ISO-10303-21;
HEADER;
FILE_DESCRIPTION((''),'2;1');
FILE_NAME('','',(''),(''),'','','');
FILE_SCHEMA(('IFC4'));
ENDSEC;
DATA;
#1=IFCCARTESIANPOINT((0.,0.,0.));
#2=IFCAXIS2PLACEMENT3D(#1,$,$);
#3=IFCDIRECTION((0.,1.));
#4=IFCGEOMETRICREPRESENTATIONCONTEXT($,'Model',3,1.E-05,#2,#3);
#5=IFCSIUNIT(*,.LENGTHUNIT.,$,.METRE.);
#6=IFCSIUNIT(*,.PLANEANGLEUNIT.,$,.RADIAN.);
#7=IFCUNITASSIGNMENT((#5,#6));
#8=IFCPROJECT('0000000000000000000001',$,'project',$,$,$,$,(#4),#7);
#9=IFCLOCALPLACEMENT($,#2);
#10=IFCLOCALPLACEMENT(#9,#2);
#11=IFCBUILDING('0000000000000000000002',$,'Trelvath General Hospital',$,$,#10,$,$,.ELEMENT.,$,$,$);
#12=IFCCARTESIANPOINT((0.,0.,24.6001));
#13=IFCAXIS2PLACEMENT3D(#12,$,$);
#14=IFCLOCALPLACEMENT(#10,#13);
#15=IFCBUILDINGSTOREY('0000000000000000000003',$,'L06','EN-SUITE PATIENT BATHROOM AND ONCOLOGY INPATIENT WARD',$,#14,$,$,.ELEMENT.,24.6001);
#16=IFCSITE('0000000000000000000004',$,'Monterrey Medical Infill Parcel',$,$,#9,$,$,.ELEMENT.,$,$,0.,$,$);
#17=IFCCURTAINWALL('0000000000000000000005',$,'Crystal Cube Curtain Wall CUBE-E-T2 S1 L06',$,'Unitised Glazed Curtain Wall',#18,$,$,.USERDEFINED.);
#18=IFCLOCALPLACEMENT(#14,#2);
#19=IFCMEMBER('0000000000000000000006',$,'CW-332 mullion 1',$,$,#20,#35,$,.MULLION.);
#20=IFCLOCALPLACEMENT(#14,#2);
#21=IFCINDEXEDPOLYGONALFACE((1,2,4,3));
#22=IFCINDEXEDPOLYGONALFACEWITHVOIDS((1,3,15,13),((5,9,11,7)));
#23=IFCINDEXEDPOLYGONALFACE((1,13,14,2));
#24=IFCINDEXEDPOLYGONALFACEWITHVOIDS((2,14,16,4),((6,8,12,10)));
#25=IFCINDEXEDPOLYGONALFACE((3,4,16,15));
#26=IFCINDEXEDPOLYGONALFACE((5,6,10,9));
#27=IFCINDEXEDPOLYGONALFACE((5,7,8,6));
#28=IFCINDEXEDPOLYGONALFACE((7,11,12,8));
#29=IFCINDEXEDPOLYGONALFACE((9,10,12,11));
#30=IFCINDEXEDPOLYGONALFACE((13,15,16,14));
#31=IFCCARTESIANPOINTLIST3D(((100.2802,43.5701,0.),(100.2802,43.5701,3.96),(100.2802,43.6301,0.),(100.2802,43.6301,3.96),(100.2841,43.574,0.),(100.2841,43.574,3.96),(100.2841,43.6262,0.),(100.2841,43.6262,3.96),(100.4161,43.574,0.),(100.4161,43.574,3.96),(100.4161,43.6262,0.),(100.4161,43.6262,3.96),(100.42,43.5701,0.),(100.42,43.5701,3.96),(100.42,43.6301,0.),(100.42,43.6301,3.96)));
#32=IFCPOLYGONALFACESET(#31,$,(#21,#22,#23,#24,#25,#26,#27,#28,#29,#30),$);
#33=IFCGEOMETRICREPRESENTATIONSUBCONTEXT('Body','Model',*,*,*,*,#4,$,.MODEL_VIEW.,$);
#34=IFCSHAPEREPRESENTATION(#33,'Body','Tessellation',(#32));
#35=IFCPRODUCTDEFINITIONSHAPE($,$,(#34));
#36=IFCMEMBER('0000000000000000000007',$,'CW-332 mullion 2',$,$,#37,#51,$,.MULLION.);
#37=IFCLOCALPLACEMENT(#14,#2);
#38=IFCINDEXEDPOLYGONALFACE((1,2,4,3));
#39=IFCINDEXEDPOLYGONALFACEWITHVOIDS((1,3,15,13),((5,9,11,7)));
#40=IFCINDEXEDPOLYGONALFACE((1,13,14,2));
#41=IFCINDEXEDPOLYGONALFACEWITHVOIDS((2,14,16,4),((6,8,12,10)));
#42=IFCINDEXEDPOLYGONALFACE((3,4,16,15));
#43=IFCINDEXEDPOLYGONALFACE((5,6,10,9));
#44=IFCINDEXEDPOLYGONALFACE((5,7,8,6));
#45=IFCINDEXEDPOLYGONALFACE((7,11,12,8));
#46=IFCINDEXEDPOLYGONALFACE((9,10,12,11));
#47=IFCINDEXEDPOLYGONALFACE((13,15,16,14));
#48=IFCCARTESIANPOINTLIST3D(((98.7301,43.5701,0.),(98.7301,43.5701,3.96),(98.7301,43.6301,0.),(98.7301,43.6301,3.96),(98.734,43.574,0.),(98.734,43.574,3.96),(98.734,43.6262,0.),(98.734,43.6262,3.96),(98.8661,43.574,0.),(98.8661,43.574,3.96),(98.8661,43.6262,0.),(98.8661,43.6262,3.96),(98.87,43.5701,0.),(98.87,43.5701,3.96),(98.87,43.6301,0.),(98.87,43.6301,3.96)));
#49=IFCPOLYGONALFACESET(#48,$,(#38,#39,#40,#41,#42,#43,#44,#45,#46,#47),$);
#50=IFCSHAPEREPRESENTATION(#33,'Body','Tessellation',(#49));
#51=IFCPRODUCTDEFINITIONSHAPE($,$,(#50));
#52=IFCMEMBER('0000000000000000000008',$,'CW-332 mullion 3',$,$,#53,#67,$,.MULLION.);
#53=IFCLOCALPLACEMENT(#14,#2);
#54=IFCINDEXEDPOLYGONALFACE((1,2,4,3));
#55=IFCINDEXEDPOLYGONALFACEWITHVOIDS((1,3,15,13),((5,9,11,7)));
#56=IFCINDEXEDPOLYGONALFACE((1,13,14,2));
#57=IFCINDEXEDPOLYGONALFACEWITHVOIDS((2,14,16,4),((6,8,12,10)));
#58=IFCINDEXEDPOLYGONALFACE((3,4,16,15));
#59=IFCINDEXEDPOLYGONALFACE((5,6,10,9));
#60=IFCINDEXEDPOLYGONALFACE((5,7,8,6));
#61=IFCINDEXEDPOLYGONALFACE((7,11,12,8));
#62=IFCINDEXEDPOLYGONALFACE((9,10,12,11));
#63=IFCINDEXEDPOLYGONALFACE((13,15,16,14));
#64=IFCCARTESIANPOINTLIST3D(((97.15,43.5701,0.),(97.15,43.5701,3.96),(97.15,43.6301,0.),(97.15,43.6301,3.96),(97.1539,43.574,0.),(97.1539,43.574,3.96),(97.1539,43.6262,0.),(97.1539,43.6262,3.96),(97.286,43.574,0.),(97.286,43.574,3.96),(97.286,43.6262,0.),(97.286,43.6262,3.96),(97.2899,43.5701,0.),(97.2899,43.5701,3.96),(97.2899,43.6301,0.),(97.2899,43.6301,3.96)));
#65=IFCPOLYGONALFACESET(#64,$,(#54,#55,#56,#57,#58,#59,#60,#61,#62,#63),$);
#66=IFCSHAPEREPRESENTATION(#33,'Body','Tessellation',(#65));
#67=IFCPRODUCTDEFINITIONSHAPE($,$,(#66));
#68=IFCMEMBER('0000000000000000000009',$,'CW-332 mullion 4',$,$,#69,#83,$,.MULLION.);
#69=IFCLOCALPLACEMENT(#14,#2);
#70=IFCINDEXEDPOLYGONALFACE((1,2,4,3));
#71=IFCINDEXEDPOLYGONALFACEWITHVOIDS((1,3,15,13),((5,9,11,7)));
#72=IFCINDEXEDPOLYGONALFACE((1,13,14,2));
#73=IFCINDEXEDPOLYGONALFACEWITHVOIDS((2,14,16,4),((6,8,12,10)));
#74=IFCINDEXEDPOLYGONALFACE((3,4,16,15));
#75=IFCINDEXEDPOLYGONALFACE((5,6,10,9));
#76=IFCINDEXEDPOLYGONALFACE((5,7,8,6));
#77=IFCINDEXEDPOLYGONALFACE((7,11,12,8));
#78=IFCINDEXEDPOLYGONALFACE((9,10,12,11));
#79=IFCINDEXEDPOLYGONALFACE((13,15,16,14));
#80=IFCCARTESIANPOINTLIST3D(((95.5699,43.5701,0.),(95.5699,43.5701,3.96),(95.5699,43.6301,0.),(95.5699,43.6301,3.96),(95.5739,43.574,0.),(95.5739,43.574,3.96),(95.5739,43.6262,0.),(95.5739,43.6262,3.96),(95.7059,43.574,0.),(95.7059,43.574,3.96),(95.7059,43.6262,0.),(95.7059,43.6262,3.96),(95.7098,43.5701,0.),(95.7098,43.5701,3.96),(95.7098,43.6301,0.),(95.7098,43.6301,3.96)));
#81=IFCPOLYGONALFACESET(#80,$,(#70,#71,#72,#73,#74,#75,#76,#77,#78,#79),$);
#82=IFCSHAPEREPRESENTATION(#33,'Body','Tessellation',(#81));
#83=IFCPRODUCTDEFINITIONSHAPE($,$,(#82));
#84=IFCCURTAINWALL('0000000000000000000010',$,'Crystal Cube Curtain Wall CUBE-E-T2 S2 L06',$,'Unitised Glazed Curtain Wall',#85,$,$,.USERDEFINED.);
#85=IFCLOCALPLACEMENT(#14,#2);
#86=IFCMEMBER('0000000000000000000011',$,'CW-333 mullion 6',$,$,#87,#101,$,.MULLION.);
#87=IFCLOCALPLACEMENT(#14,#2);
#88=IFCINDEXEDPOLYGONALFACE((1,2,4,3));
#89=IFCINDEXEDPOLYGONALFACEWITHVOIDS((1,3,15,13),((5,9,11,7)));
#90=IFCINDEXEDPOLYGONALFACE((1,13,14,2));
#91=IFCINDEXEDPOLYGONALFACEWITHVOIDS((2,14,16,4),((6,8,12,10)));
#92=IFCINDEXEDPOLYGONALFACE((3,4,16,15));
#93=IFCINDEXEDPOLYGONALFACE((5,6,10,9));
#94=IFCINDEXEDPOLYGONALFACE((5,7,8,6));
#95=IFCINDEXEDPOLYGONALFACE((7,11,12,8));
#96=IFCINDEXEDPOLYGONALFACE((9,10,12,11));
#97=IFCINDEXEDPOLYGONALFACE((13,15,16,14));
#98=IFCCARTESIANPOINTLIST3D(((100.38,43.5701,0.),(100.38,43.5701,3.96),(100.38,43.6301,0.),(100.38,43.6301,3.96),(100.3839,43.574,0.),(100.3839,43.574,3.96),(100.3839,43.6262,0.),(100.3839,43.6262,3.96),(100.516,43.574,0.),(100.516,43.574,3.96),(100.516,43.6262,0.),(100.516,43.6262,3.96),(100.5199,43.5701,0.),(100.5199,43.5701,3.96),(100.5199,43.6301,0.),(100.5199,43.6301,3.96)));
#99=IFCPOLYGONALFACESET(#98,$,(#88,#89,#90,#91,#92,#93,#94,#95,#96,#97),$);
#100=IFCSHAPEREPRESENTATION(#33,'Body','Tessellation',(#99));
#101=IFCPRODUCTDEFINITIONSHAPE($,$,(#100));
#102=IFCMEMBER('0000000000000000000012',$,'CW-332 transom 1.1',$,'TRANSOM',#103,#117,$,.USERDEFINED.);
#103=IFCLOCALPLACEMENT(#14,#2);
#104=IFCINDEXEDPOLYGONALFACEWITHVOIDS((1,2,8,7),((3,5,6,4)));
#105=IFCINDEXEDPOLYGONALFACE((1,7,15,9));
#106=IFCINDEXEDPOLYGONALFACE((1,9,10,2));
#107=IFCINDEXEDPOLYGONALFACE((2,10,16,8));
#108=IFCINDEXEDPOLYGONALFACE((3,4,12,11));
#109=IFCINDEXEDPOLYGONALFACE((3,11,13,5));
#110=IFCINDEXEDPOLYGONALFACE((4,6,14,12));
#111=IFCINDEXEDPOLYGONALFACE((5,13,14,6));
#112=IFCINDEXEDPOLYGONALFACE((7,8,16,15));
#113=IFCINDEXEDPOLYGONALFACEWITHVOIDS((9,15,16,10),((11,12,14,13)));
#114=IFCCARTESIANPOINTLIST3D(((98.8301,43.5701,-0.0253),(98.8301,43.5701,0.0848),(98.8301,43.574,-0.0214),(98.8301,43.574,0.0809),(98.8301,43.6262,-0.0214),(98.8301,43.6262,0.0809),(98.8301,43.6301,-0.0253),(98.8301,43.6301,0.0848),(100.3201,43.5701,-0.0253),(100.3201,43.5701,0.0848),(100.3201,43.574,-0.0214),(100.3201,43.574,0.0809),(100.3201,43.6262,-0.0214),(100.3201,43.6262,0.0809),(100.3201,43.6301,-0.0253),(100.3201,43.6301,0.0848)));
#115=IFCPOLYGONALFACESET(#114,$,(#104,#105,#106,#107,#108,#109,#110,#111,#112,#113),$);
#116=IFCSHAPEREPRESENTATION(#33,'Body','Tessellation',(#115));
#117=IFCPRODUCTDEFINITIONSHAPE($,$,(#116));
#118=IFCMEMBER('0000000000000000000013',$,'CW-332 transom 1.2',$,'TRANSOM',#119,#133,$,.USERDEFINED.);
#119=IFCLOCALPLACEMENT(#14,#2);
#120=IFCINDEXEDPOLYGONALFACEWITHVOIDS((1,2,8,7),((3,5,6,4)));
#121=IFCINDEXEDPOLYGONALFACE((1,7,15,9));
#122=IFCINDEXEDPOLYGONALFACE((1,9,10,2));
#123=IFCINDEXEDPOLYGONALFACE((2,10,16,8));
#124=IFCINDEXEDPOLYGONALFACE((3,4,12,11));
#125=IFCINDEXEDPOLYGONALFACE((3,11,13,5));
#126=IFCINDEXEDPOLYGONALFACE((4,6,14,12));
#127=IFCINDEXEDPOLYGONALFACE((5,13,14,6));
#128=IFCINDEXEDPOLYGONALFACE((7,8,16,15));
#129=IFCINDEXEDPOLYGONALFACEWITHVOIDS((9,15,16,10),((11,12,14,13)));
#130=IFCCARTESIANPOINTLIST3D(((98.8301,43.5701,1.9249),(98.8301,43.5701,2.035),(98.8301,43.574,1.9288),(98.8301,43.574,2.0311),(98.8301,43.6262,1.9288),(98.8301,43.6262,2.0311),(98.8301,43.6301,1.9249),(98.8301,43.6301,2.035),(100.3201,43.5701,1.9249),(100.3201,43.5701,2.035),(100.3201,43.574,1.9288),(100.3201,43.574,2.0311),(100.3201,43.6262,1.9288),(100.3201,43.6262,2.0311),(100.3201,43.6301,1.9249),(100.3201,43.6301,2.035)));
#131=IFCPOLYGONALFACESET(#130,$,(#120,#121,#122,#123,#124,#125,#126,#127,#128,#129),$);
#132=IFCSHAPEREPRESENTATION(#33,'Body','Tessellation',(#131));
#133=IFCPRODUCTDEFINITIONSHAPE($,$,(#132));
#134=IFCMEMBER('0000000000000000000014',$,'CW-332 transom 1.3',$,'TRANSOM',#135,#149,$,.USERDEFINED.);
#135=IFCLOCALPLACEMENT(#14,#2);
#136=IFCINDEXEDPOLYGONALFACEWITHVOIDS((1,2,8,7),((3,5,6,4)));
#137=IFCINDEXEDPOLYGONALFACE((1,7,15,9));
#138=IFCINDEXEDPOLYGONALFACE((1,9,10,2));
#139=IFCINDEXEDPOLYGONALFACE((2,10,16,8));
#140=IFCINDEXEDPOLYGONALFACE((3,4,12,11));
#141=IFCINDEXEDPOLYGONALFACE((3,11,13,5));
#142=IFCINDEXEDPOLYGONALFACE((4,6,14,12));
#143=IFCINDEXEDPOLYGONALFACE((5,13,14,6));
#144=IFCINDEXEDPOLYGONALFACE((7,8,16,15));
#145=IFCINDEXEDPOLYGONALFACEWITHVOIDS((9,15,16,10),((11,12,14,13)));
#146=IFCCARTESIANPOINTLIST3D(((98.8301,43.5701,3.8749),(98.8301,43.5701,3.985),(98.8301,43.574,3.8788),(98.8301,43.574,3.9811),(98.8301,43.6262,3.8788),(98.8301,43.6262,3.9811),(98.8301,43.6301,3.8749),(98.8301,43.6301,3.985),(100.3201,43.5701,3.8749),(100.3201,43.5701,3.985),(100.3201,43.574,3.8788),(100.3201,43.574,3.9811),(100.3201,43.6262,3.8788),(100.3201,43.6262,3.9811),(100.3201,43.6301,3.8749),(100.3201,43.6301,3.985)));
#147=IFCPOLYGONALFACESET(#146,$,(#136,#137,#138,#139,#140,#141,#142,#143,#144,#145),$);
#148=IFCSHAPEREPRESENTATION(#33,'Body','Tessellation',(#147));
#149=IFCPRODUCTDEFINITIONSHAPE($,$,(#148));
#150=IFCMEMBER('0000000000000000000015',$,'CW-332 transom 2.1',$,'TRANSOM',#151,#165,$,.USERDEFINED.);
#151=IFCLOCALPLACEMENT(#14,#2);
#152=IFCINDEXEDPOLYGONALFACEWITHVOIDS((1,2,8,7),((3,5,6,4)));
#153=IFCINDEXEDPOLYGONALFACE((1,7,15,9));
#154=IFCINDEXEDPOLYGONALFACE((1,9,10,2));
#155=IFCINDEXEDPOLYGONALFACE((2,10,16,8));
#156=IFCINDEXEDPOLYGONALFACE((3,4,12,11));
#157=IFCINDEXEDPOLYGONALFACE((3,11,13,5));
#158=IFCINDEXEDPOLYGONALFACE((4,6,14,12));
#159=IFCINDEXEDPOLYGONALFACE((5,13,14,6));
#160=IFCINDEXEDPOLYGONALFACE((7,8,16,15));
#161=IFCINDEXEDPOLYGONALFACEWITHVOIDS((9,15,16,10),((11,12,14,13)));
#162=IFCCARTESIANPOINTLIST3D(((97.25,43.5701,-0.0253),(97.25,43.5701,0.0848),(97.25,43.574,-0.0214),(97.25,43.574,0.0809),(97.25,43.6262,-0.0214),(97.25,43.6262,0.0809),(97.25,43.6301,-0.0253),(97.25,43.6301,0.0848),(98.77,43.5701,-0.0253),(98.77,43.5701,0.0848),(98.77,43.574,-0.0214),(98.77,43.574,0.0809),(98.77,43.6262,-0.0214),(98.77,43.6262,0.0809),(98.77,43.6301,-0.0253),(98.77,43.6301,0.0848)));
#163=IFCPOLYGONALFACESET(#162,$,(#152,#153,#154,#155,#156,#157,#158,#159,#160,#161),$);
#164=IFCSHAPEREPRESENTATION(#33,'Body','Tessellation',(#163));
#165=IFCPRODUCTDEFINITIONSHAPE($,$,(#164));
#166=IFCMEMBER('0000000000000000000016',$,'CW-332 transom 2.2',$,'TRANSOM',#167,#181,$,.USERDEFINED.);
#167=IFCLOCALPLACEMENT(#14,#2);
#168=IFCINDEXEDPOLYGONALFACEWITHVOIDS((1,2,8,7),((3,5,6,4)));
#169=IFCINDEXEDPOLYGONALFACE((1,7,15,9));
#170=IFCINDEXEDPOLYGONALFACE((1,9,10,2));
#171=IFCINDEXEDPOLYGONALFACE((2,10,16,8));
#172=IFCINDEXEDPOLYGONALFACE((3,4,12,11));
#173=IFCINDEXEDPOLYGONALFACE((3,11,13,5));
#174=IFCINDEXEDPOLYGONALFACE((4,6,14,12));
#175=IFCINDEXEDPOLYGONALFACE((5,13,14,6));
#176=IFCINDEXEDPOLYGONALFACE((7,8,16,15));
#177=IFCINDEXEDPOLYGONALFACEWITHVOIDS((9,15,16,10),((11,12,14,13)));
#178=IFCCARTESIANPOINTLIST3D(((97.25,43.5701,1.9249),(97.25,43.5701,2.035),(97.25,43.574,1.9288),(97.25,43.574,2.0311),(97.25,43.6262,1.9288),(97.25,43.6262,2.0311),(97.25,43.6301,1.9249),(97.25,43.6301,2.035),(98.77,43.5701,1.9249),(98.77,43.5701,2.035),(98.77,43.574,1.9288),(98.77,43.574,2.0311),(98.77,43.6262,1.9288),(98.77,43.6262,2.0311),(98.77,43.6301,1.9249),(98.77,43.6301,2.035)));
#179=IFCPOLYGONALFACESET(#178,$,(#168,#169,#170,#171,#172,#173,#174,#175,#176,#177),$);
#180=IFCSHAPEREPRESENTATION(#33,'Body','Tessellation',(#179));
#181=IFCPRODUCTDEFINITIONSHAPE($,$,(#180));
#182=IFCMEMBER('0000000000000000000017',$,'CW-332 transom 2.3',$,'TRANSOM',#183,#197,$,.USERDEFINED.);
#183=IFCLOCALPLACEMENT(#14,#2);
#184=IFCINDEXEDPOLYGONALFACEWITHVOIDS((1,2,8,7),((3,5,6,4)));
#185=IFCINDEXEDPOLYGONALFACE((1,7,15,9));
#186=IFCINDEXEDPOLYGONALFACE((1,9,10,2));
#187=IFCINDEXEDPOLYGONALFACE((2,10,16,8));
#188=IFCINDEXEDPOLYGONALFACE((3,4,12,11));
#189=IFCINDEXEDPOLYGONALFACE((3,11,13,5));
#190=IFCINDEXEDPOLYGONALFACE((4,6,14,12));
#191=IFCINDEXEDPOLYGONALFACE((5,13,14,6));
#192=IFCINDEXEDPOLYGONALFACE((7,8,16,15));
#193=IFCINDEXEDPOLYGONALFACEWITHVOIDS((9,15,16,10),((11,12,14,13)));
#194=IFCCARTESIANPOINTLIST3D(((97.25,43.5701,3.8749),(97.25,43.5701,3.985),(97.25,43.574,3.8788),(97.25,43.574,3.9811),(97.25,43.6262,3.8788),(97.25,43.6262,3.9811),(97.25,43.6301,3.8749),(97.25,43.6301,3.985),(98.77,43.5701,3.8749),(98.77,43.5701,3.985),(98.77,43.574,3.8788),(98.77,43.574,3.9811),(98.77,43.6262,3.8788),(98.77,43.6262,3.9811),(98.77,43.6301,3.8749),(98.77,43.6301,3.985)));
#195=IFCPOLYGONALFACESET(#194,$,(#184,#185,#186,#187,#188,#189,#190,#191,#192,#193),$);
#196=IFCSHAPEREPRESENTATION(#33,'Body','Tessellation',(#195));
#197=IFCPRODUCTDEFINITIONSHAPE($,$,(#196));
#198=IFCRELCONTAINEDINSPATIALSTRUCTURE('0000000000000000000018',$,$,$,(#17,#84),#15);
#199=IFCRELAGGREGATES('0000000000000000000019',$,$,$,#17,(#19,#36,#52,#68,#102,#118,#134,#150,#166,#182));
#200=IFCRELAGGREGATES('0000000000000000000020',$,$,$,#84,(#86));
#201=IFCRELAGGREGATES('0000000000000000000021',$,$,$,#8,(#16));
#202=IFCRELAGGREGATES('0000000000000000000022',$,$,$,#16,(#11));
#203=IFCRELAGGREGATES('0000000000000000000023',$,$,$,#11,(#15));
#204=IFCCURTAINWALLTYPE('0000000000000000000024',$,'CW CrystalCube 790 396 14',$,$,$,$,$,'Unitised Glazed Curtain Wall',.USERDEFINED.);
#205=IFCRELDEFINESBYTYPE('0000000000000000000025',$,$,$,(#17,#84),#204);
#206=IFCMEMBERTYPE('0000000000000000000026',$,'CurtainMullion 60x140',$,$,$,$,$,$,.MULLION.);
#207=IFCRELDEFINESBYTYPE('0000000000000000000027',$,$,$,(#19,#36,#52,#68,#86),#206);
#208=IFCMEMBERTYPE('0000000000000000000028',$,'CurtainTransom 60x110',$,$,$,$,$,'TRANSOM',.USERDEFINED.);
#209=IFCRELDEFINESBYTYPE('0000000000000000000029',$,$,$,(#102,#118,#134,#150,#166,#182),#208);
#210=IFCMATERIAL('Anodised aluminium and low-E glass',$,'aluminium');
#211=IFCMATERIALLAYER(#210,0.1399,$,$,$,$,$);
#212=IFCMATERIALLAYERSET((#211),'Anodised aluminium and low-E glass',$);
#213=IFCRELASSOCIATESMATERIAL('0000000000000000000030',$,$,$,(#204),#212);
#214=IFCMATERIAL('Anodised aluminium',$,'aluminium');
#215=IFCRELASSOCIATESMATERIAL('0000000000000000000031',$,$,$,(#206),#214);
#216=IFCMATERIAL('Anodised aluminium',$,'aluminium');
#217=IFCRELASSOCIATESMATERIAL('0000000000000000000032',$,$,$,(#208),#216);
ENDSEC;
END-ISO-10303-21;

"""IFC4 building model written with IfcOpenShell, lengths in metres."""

from ifc_helpers import new_model, si_unit, direction, frame, origin, origin_2d, place, context, subcontext, project, spatial, hollow_rectangle, extrude, material, layer, layer_set, material_profile, profile_set, type_object, element, aggregate, save


model = new_model("IFC4")

# Units and contexts
model_context = context("Model", 3, precision=1e-05, world=origin(), true_north=direction((0.0, 1.0)))
body_context = subcontext(model_context, "Body", "Model", "MODEL_VIEW")
ifc_project = project(units=[si_unit("LENGTHUNIT", "METRE"), si_unit("PLANEANGLEUNIT", "RADIAN")], contexts=[model_context])

# Site, building, storey
site_placement = place(None, origin())
site = spatial("IfcSite", under=ifc_project, at=site_placement, Name="Monterrey Medical Infill Parcel", CompositionType="ELEMENT", RefElevation=0.0)
building_placement = place(site_placement, origin())
building = spatial("IfcBuilding", under=site, at=building_placement, Name="Trelvath General Hospital", CompositionType="ELEMENT")
storey_placement = place(building_placement, frame((0.0, 0.0, 24.6001)))
storey = spatial("IfcBuildingStorey", under=building, at=storey_placement, Name="L06", Description="EN-SUITE PATIENT BATHROOM AND ONCOLOGY INPATIENT WARD", CompositionType="ELEMENT", Elevation=24.6001)

# Curtain wall, members
ifc_material_1 = material(Name="Anodised aluminium and low-E glass", Category="aluminium")
ifc_layer_1 = layer(ifc_material_1, 0.1399)
ifc_layer_set_1 = layer_set([ifc_layer_1], Name="Anodised aluminium and low-E glass")
curtain_wall_type = type_object("IfcCurtainWallType", Name="CW CrystalCube 790 396 14", ElementType="Unitised Glazed Curtain Wall", PredefinedType="USERDEFINED", material=ifc_layer_set_1)
curtain_wall_1_placement = place(storey_placement, origin())
curtain_wall_1 = element("IfcCurtainWall", 1, at=curtain_wall_1_placement, inside=storey, type_object=curtain_wall_type, Name="Crystal Cube Curtain Wall CUBE-E-T2 S1 L06", ObjectType="Unitised Glazed Curtain Wall", PredefinedType="USERDEFINED")
ifc_material_2 = material(Name="Anodised aluminium", Category="aluminium")
ifc_material_profile_1 = material_profile(ifc_material_2, hollow_rectangle(XDim=0.0601, YDim=0.1399, WallThickness=0.0039, at=origin_2d()), Name="RHS60x140x4")
ifc_profile_set_1 = profile_set([ifc_material_profile_1], Name="Anodised aluminium")
member_type_1 = type_object("IfcMemberType", Name="CurtainMullion 60x140", PredefinedType="MULLION", material=ifc_profile_set_1)
member_1_placement = place(storey_placement, frame((100.3501, 43.6001, 0.0), z_axis=(0.0, 0.0, 1.0), x_axis=(0.0, -1.0, 0.0)))
member_1 = element("IfcMember", 2, at=member_1_placement, type_object=member_type_1, Name="CW-332 mullion 1", PredefinedType="MULLION", context=body_context, shape_type="SweptSolid", body=[
    extrude(hollow_rectangle(XDim=0.0601, YDim=0.1399, WallThickness=0.0039, at=origin_2d()), origin(), (0.0, 0.0, 1.0), 3.96),
])
member_2_placement = place(storey_placement, frame((98.8, 43.6001, 0.0), z_axis=(0.0, 0.0, 1.0), x_axis=(0.0, -1.0, 0.0)))
member_2 = element("IfcMember", 3, at=member_2_placement, type_object=member_type_1, Name="CW-332 mullion 2", PredefinedType="MULLION", context=body_context, shape_type="SweptSolid", body=[
    extrude(hollow_rectangle(XDim=0.0601, YDim=0.1399, WallThickness=0.0039, at=origin_2d()), origin(), (0.0, 0.0, 1.0), 3.96),
])
member_3_placement = place(storey_placement, frame((97.22, 43.6001, 0.0), z_axis=(0.0, 0.0, 1.0), x_axis=(0.0, -1.0, 0.0)))
member_3 = element("IfcMember", 4, at=member_3_placement, type_object=member_type_1, Name="CW-332 mullion 3", PredefinedType="MULLION", context=body_context, shape_type="SweptSolid", body=[
    extrude(hollow_rectangle(XDim=0.0601, YDim=0.1399, WallThickness=0.0039, at=origin_2d()), origin(), (0.0, 0.0, 1.0), 3.96),
])
member_4_placement = place(storey_placement, frame((95.6399, 43.6001, 0.0), z_axis=(0.0, 0.0, 1.0), x_axis=(0.0, -1.0, 0.0)))
member_4 = element("IfcMember", 5, at=member_4_placement, type_object=member_type_1, Name="CW-332 mullion 4", PredefinedType="MULLION", context=body_context, shape_type="SweptSolid", body=[
    extrude(hollow_rectangle(XDim=0.0601, YDim=0.1399, WallThickness=0.0039, at=origin_2d()), origin(), (0.0, 0.0, 1.0), 3.96),
])

# Curtain wall, member
curtain_wall_2_placement = place(storey_placement, origin())
curtain_wall_2 = element("IfcCurtainWall", 6, at=curtain_wall_2_placement, inside=storey, type_object=curtain_wall_type, Name="Crystal Cube Curtain Wall CUBE-E-T2 S2 L06", ObjectType="Unitised Glazed Curtain Wall", PredefinedType="USERDEFINED")
member_5_placement = place(storey_placement, frame((100.45, 43.6001, 0.0), z_axis=(0.0, 0.0, 1.0), x_axis=(0.0, -1.0, 0.0)))
member_5 = element("IfcMember", 7, at=member_5_placement, type_object=member_type_1, Name="CW-333 mullion 6", PredefinedType="MULLION", context=body_context, shape_type="SweptSolid", body=[
    extrude(hollow_rectangle(XDim=0.0601, YDim=0.1399, WallThickness=0.0039, at=origin_2d()), origin(), (0.0, 0.0, 1.0), 3.96),
])

# Members
ifc_material_3 = material(Name="Anodised aluminium", Category="aluminium")
ifc_material_profile_2 = material_profile(ifc_material_3, hollow_rectangle(XDim=0.0601, YDim=0.1101, WallThickness=0.0039, at=origin_2d()), Name="RHS60x110x4")
ifc_profile_set_2 = profile_set([ifc_material_profile_2], Name="Anodised aluminium")
member_type_2 = type_object("IfcMemberType", Name="CurtainTransom 60x110", ElementType="TRANSOM", PredefinedType="USERDEFINED", material=ifc_profile_set_2)
member_6_placement = place(storey_placement, frame((100.3201, 43.6001, 0.0298), z_axis=(-1.0, 0.0, 0.0), x_axis=(0.0, -1.0, 0.0)))
member_6 = element("IfcMember", 8, at=member_6_placement, type_object=member_type_2, Name="CW-332 transom 1.1", ObjectType="TRANSOM", PredefinedType="USERDEFINED", context=body_context, shape_type="SweptSolid", body=[
    extrude(hollow_rectangle(XDim=0.0601, YDim=0.1101, WallThickness=0.0039, at=origin_2d()), origin(), (0.0, 0.0, 1.0), 1.49),
])
member_7_placement = place(storey_placement, frame((100.3201, 43.6001, 1.98), z_axis=(-1.0, 0.0, 0.0), x_axis=(0.0, -1.0, 0.0)))
member_7 = element("IfcMember", 9, at=member_7_placement, type_object=member_type_2, Name="CW-332 transom 1.2", ObjectType="TRANSOM", PredefinedType="USERDEFINED", context=body_context, shape_type="SweptSolid", body=[
    extrude(hollow_rectangle(XDim=0.0601, YDim=0.1101, WallThickness=0.0039, at=origin_2d()), origin(), (0.0, 0.0, 1.0), 1.49),
])
member_8_placement = place(storey_placement, frame((100.3201, 43.6001, 3.9299), z_axis=(-1.0, 0.0, 0.0), x_axis=(0.0, -1.0, 0.0)))
member_8 = element("IfcMember", 10, at=member_8_placement, type_object=member_type_2, Name="CW-332 transom 1.3", ObjectType="TRANSOM", PredefinedType="USERDEFINED", context=body_context, shape_type="SweptSolid", body=[
    extrude(hollow_rectangle(XDim=0.0601, YDim=0.1101, WallThickness=0.0039, at=origin_2d()), origin(), (0.0, 0.0, 1.0), 1.49),
])
member_9_placement = place(storey_placement, frame((98.77, 43.6001, 0.0298), z_axis=(-1.0, 0.0, 0.0), x_axis=(0.0, -1.0, 0.0)))
member_9 = element("IfcMember", 11, at=member_9_placement, type_object=member_type_2, Name="CW-332 transom 2.1", ObjectType="TRANSOM", PredefinedType="USERDEFINED", context=body_context, shape_type="SweptSolid", body=[
    extrude(hollow_rectangle(XDim=0.0601, YDim=0.1101, WallThickness=0.0039, at=origin_2d()), origin(), (0.0, 0.0, 1.0), 1.52),
])
member_10_placement = place(storey_placement, frame((98.77, 43.6001, 1.98), z_axis=(-1.0, 0.0, 0.0), x_axis=(0.0, -1.0, 0.0)))
member_10 = element("IfcMember", 12, at=member_10_placement, type_object=member_type_2, Name="CW-332 transom 2.2", ObjectType="TRANSOM", PredefinedType="USERDEFINED", context=body_context, shape_type="SweptSolid", body=[
    extrude(hollow_rectangle(XDim=0.0601, YDim=0.1101, WallThickness=0.0039, at=origin_2d()), origin(), (0.0, 0.0, 1.0), 1.52),
])
member_11_placement = place(storey_placement, frame((98.77, 43.6001, 3.9299), z_axis=(-1.0, 0.0, 0.0), x_axis=(0.0, -1.0, 0.0)))
member_11 = element("IfcMember", 13, at=member_11_placement, type_object=member_type_2, Name="CW-332 transom 2.3", ObjectType="TRANSOM", PredefinedType="USERDEFINED", context=body_context, shape_type="SweptSolid", body=[
    extrude(hollow_rectangle(XDim=0.0601, YDim=0.1101, WallThickness=0.0039, at=origin_2d()), origin(), (0.0, 0.0, 1.0), 1.52),
])

aggregate(curtain_wall_1, [member_1, member_2, member_3, member_4, member_6, member_7, member_8, member_9, member_10, member_11])
aggregate(curtain_wall_2, [member_5])

save(model, "model.ifc")
